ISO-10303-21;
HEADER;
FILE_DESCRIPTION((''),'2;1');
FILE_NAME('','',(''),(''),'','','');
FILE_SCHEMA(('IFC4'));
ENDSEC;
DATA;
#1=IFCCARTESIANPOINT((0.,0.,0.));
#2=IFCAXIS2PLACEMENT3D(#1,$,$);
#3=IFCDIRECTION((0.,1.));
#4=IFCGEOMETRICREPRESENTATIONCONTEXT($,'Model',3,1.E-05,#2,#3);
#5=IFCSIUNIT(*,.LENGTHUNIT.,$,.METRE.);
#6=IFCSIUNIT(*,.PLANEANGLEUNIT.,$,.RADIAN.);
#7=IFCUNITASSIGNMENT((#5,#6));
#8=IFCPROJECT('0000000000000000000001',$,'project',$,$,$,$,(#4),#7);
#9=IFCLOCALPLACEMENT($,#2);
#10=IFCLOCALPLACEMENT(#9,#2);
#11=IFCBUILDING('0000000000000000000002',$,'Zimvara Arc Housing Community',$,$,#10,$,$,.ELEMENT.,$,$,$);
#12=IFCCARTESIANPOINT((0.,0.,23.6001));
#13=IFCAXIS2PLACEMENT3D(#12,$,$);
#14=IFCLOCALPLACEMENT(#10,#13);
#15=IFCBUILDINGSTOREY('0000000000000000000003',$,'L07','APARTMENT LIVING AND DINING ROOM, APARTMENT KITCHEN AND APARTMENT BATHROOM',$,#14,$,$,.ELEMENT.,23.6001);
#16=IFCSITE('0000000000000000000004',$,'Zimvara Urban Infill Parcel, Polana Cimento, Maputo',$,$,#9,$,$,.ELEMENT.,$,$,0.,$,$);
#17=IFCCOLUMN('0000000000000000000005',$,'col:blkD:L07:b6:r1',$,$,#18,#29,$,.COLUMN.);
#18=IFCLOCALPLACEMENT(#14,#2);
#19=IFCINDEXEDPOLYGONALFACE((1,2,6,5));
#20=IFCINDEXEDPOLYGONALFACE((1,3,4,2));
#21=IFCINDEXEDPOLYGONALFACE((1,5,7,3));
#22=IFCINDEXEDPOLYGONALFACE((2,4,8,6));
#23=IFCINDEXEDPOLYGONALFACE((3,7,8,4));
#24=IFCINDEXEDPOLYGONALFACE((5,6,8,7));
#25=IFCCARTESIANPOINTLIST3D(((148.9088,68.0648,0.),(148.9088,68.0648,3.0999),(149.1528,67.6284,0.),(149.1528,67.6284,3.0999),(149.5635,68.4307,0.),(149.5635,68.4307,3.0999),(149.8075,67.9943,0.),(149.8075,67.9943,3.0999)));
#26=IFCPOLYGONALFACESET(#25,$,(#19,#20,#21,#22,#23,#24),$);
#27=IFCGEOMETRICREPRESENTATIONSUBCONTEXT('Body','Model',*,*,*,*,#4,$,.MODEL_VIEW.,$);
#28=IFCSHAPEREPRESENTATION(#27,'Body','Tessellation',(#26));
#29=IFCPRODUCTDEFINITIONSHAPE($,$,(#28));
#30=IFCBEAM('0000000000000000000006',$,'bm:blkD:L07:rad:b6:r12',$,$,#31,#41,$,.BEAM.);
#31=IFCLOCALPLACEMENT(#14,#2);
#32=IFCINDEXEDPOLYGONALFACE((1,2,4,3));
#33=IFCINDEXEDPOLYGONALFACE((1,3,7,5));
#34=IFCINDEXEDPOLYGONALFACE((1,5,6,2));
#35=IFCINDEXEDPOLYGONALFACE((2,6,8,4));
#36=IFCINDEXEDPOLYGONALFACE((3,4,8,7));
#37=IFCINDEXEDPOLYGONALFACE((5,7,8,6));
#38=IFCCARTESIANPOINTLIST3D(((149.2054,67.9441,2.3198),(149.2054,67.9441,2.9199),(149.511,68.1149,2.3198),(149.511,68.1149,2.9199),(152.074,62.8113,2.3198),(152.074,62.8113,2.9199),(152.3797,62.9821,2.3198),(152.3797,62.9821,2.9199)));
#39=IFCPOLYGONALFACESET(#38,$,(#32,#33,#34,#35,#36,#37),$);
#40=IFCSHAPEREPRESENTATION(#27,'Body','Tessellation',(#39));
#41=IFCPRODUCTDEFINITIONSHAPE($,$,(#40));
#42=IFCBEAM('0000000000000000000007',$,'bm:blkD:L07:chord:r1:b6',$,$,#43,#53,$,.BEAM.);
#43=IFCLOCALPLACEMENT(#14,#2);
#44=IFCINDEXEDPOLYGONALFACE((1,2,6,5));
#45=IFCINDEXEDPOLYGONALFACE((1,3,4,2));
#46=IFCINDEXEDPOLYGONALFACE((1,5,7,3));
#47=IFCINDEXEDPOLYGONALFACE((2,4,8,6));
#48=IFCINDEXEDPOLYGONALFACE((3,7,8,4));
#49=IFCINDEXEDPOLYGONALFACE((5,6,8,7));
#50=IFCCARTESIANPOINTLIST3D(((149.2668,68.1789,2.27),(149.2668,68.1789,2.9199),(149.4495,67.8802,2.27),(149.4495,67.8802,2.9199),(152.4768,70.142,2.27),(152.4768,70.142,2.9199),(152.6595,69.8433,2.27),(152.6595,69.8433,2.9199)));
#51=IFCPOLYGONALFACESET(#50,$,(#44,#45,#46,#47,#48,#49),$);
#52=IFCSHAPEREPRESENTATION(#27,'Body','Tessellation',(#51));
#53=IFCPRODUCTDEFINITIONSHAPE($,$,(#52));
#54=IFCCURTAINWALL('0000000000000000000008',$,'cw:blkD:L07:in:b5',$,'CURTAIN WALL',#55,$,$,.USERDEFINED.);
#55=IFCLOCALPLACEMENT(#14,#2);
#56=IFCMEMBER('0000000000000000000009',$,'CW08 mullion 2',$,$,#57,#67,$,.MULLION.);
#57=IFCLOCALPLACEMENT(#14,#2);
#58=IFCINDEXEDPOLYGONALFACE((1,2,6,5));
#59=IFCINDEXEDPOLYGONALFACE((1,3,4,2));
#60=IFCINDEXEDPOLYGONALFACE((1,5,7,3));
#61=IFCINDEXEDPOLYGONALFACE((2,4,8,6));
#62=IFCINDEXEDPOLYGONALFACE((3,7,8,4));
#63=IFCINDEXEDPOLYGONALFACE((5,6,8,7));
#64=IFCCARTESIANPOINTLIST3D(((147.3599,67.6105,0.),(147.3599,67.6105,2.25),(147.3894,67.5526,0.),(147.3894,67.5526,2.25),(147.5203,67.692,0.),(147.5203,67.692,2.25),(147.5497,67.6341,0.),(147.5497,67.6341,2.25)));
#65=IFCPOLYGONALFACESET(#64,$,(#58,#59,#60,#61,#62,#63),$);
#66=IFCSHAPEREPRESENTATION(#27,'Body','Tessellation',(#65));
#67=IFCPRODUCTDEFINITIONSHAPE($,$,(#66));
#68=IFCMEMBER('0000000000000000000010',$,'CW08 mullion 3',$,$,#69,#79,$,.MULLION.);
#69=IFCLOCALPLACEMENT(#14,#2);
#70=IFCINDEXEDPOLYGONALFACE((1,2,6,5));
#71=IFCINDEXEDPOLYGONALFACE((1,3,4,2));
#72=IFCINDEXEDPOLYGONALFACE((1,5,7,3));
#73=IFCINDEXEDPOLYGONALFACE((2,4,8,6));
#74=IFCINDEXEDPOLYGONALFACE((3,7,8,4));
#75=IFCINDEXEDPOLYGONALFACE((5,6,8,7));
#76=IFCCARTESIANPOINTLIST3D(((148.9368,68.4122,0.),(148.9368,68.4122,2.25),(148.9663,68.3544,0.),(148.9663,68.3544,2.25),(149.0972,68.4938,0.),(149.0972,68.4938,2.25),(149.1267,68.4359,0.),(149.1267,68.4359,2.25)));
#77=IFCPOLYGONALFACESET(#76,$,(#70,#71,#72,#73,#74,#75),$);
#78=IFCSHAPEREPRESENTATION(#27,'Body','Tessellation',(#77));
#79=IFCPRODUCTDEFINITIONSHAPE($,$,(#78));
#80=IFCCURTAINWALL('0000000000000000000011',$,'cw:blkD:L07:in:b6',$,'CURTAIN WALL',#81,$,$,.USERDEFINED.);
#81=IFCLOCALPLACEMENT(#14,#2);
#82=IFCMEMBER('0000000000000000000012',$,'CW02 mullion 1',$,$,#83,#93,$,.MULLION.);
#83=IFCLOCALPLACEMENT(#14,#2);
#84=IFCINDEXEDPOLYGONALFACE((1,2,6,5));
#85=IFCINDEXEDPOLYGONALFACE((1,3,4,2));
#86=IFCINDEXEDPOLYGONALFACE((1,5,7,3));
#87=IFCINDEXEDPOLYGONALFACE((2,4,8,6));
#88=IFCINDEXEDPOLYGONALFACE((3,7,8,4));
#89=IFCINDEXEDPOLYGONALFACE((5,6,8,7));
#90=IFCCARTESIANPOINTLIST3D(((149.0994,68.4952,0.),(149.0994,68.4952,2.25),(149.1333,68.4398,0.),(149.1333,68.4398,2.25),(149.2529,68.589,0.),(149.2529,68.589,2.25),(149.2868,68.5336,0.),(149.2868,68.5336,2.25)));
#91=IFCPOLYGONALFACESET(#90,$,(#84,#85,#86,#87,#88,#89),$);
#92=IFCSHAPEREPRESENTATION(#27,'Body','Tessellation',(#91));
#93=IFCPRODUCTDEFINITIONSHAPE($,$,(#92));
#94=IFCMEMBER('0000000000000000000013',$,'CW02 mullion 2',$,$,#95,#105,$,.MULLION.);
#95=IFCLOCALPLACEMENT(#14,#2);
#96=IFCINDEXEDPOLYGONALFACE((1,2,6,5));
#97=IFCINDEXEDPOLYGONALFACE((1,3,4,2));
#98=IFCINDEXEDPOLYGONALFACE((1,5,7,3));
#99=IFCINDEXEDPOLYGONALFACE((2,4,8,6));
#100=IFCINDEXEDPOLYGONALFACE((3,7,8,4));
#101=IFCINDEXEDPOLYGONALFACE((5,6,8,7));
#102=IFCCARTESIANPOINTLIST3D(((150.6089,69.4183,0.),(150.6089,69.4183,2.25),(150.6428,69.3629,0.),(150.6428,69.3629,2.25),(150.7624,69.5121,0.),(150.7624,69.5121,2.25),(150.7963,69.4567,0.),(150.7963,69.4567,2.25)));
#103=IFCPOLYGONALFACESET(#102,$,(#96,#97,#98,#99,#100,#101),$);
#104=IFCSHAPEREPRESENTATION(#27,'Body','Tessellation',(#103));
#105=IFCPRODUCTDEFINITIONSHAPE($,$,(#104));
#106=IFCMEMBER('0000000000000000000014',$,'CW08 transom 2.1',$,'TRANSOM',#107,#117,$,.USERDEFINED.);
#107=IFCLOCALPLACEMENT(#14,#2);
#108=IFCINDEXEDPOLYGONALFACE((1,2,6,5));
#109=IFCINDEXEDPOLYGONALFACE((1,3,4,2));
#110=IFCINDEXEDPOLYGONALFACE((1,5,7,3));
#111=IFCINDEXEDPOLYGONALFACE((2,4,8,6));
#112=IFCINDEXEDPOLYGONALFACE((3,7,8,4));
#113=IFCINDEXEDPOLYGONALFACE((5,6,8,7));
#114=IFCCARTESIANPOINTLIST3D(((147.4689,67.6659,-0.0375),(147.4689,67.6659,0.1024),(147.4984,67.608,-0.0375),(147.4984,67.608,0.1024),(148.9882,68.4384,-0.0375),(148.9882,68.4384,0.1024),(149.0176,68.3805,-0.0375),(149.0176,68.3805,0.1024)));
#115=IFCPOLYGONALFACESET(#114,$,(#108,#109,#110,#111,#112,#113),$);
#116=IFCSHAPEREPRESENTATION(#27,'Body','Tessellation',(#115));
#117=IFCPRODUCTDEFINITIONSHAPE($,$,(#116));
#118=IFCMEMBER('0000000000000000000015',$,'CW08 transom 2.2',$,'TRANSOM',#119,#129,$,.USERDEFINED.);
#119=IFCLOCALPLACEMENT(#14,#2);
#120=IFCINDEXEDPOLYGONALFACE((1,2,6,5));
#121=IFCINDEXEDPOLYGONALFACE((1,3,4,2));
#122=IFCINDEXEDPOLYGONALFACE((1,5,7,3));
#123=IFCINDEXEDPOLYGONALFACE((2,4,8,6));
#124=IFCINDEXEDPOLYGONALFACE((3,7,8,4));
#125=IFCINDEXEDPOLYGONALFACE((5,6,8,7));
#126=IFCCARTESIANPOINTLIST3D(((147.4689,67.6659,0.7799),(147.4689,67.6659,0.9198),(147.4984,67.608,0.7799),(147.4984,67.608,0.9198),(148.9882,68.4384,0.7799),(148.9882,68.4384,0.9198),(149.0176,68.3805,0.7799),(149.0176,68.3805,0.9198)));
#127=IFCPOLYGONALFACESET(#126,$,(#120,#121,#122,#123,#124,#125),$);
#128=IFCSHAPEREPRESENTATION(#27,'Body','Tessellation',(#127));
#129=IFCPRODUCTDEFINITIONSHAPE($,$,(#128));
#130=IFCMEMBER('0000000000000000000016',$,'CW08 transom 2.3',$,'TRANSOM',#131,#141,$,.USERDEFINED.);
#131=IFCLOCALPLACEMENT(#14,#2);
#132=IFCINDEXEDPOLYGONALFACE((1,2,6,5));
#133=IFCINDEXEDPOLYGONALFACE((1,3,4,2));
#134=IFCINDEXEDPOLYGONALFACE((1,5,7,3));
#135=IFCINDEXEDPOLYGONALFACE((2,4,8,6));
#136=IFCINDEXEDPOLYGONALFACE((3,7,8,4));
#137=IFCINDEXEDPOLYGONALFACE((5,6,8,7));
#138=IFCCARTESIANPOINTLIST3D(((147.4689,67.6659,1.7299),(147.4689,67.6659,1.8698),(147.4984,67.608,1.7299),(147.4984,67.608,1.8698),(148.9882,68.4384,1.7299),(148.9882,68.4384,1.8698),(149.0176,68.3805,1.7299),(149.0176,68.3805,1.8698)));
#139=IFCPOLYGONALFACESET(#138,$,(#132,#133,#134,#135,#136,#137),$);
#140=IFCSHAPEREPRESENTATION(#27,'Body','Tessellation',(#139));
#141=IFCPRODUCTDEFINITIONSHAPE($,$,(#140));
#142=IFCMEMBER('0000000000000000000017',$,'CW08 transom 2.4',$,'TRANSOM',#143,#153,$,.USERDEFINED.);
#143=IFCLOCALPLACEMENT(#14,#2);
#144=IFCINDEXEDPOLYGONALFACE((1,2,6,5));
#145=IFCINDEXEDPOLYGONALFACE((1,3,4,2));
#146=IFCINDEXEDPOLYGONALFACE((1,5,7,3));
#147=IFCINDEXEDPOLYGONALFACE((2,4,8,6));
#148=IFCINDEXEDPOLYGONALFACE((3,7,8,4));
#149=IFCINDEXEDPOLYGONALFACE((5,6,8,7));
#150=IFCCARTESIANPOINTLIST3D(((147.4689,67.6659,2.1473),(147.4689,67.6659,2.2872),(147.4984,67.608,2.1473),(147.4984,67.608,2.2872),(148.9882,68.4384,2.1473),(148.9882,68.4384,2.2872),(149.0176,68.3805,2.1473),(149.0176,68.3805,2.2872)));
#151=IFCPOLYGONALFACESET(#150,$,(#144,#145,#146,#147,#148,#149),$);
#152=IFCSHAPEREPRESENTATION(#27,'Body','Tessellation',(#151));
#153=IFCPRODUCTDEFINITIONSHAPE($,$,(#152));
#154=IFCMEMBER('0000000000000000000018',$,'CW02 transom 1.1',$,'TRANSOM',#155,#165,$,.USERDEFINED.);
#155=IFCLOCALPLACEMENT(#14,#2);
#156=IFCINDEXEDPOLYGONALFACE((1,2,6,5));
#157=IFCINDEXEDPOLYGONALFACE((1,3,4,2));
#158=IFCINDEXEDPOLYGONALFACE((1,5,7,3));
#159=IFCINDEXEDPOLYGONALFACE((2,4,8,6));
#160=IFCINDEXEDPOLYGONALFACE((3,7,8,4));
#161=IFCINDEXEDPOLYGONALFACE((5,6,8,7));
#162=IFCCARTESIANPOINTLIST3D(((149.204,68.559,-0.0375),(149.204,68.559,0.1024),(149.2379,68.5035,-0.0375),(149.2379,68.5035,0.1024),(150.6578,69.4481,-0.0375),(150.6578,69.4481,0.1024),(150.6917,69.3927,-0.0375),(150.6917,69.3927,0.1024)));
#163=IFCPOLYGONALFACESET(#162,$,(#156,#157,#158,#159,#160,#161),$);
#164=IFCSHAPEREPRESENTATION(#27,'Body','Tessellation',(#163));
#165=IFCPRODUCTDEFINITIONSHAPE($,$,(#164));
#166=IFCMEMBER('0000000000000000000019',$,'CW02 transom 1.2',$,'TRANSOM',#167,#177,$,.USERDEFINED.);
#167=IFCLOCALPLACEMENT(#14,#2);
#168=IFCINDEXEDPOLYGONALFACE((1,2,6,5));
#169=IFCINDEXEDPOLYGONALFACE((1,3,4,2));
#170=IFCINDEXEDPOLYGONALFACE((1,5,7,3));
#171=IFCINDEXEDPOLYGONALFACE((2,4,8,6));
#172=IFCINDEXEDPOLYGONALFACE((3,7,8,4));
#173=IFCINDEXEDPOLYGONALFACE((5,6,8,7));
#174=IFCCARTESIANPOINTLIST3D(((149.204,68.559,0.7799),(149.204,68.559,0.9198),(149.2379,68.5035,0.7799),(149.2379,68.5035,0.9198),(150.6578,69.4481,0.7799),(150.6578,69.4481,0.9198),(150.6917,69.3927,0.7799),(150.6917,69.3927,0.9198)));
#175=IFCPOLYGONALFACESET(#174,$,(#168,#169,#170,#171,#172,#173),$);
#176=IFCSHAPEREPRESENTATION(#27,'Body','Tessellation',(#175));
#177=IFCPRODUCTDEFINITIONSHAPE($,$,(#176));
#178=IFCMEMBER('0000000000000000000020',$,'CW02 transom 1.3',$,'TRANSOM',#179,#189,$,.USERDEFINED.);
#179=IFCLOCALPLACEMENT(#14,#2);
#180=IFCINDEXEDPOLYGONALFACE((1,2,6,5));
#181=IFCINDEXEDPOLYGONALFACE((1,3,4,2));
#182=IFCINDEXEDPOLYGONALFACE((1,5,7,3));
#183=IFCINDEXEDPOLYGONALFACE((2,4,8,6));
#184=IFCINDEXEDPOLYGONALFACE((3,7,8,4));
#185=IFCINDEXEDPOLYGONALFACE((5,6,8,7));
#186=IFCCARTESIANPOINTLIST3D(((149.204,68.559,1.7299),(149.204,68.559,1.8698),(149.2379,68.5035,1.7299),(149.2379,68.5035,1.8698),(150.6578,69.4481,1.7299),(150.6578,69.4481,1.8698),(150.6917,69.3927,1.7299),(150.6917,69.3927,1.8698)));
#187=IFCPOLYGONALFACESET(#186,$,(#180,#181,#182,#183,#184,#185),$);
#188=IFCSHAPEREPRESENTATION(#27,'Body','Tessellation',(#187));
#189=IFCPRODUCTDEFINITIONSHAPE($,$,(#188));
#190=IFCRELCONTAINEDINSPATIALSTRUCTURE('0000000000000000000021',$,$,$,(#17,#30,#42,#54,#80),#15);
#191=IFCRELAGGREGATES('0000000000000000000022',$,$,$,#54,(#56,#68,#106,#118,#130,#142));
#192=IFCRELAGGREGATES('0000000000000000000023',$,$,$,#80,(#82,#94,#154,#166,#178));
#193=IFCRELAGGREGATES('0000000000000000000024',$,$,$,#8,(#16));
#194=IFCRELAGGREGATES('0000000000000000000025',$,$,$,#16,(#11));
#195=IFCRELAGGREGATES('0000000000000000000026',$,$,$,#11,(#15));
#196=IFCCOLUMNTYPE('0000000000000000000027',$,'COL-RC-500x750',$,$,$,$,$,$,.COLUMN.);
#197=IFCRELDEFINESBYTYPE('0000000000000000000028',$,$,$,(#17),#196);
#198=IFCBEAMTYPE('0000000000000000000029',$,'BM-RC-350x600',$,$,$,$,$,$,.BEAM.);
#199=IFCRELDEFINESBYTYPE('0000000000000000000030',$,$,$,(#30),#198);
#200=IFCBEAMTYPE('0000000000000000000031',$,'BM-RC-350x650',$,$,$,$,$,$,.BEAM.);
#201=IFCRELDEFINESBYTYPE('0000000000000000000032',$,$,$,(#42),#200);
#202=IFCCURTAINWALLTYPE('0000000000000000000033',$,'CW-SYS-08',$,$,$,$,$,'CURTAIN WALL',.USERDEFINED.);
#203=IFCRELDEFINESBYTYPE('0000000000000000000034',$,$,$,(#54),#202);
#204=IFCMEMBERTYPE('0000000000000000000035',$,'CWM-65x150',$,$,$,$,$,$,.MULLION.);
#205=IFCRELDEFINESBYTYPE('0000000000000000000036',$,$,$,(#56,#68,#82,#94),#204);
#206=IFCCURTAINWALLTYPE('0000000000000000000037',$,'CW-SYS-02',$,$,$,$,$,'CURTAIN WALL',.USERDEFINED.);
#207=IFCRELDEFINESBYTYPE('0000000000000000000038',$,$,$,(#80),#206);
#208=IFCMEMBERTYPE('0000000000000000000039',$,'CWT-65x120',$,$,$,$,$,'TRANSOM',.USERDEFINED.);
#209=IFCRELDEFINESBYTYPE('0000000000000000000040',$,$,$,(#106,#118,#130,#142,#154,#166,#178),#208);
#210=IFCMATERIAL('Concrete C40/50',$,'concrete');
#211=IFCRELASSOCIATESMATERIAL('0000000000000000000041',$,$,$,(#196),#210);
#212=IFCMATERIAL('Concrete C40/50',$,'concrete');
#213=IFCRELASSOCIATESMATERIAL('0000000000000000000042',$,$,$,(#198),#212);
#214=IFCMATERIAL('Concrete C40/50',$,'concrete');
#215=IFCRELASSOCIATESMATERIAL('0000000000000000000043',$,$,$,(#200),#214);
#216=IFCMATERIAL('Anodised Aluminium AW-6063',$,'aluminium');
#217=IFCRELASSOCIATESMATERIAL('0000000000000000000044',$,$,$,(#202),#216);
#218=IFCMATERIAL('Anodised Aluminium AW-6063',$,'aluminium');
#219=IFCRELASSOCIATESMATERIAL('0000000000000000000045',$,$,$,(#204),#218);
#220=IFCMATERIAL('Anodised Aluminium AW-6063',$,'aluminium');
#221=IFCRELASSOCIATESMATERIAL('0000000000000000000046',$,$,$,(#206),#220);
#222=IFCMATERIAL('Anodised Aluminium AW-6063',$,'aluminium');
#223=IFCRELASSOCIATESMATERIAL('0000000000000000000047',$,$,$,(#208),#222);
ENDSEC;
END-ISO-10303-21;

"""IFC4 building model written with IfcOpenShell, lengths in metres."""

from ifc_helpers import new_model, si_unit, direction, frame, origin, origin_2d, place, context, subcontext, project, spatial, rectangle, extrude, material, material_profile, profile_set, type_object, element, aggregate, save


model = new_model("IFC4")

# Units and contexts
model_context = context("Model", 3, precision=1e-05, world=origin(), true_north=direction((0.0, 1.0)))
body_context = subcontext(model_context, "Body", "Model", "MODEL_VIEW")
ifc_project = project(units=[si_unit("LENGTHUNIT", "METRE"), si_unit("PLANEANGLEUNIT", "RADIAN")], contexts=[model_context])

# Site, building, storey
site_placement = place(None, origin())
site = spatial("IfcSite", under=ifc_project, at=site_placement, Name="Zimvara Urban Infill Parcel, Polana Cimento, Maputo", CompositionType="ELEMENT", RefElevation=0.0)
building_placement = place(site_placement, origin())
building = spatial("IfcBuilding", under=site, at=building_placement, Name="Zimvara Arc Housing Community", CompositionType="ELEMENT")
storey_placement = place(building_placement, frame((0.0, 0.0, 23.6001)))
storey = spatial("IfcBuildingStorey", under=building, at=storey_placement, Name="L07", Description="APARTMENT LIVING AND DINING ROOM, APARTMENT KITCHEN AND APARTMENT BATHROOM", CompositionType="ELEMENT", Elevation=23.6001)

# Column
ifc_material_1 = material(Name="Concrete C40/50", Category="concrete")
ifc_material_profile_1 = material_profile(ifc_material_1, rectangle(XDim=0.5, YDim=0.75, at=origin_2d()), Name="RC 500x750")
ifc_profile_set_1 = profile_set([ifc_material_profile_1], Name="Concrete C40/50")
column_type = type_object("IfcColumnType", Name="COL-RC-500x750", PredefinedType="COLUMN", material=ifc_profile_set_1)
column_placement = place(storey_placement, frame((149.3582, 68.0295, 0.0), z_axis=(0.0, 0.0, 1.0), x_axis=(0.48786, -0.872922, 0.0)))
element("IfcColumn", 1, at=column_placement, inside=storey, type_object=column_type, Name="col:blkD:L07:b6:r1", PredefinedType="COLUMN", context=body_context, shape_type="SweptSolid", body=[
    extrude(rectangle(XDim=0.5, YDim=0.75, at=origin_2d()), origin(), (0.0, 0.0, 1.0), 3.0999),
])

# Beams
ifc_material_2 = material(Name="Concrete C40/50", Category="concrete")
ifc_material_profile_2 = material_profile(ifc_material_2, rectangle(XDim=0.3501, YDim=0.6001, at=origin_2d()), Name="RC 350x600")
ifc_profile_set_2 = profile_set([ifc_material_profile_2], Name="Concrete C40/50")
beam_type_1 = type_object("IfcBeamType", Name="BM-RC-350x600", PredefinedType="BEAM", material=ifc_profile_set_2)
beam_1_placement = place(storey_placement, frame((149.3582, 68.0295, 2.6199), z_axis=(0.487862, -0.872921, 0.0), x_axis=(0.872921, 0.487862, 0.0)))
element("IfcBeam", 2, at=beam_1_placement, inside=storey, type_object=beam_type_1, Name="bm:blkD:L07:rad:b6:r12", PredefinedType="BEAM", context=body_context, shape_type="SweptSolid", body=[
    extrude(rectangle(XDim=0.3501, YDim=0.6001, at=origin_2d()), origin(), (0.0, 0.0, 1.0), 5.8801),
])
ifc_material_3 = material(Name="Concrete C40/50", Category="concrete")
ifc_material_profile_3 = material_profile(ifc_material_3, rectangle(XDim=0.3501, YDim=0.6499, at=origin_2d()), Name="RC 350x650")
ifc_profile_set_3 = profile_set([ifc_material_profile_3], Name="Concrete C40/50")
beam_type_2 = type_object("IfcBeamType", Name="BM-RC-350x650", PredefinedType="BEAM", material=ifc_profile_set_3)
beam_2_placement = place(storey_placement, frame((149.3582, 68.0295, 2.595), z_axis=(0.853105, 0.521739, 0.0), x_axis=(-0.521739, 0.853105, 0.0)))
element("IfcBeam", 3, at=beam_2_placement, inside=storey, type_object=beam_type_2, Name="bm:blkD:L07:chord:r1:b6", PredefinedType="BEAM", context=body_context, shape_type="SweptSolid", body=[
    extrude(rectangle(XDim=0.3501, YDim=0.6499, at=origin_2d()), origin(), (0.0, 0.0, 1.0), 3.7627),
])

# Curtain walls, members
ifc_material_4 = material(Name="Anodised Aluminium AW-6063", Category="aluminium")
curtain_wall_type_1 = type_object("IfcCurtainWallType", Name="CW-SYS-08", ElementType="CURTAIN WALL", PredefinedType="USERDEFINED", material=ifc_material_4)
curtain_wall_1_placement = place(storey_placement, origin())
curtain_wall_1 = element("IfcCurtainWall", 4, at=curtain_wall_1_placement, inside=storey, type_object=curtain_wall_type_1, Name="cw:blkD:L07:in:b5", ObjectType="CURTAIN WALL", PredefinedType="USERDEFINED")
ifc_material_5 = material(Name="Anodised Aluminium AW-6063", Category="aluminium")
ifc_material_profile_4 = material_profile(ifc_material_5, rectangle(XDim=0.0649, YDim=0.1799, at=origin_2d()), Name="ALU 65x180")
ifc_profile_set_4 = profile_set([ifc_material_profile_4], Name="Anodised Aluminium AW-6063")
member_type_1 = type_object("IfcMemberType", Name="CWM-65x150", PredefinedType="MULLION", material=ifc_profile_set_4)
member_1_placement = place(storey_placement, frame((147.4548, 67.6223, 0.0), z_axis=(0.0, 0.0, 1.0), x_axis=(-0.453213, 0.891402, 0.0)))
member_1 = element("IfcMember", 5, at=member_1_placement, type_object=member_type_1, Name="CW08 mullion 2", PredefinedType="MULLION", context=body_context, shape_type="SweptSolid", body=[
    extrude(rectangle(XDim=0.0649, YDim=0.1799, at=origin_2d()), origin(), (0.0, 0.0, 1.0), 2.25),
])
member_2_placement = place(storey_placement, frame((149.0317, 68.4241, 0.0), z_axis=(0.0, 0.0, 1.0), x_axis=(-0.453213, 0.891402, 0.0)))
member_2 = element("IfcMember", 6, at=member_2_placement, type_object=member_type_1, Name="CW08 mullion 3", PredefinedType="MULLION", context=body_context, shape_type="SweptSolid", body=[
    extrude(rectangle(XDim=0.0649, YDim=0.1799, at=origin_2d()), origin(), (0.0, 0.0, 1.0), 2.25),
])
ifc_material_6 = material(Name="Anodised Aluminium AW-6063", Category="aluminium")
curtain_wall_type_2 = type_object("IfcCurtainWallType", Name="CW-SYS-02", ElementType="CURTAIN WALL", PredefinedType="USERDEFINED", material=ifc_material_6)
curtain_wall_2_placement = place(storey_placement, origin())
curtain_wall_2 = element("IfcCurtainWall", 7, at=curtain_wall_2_placement, inside=storey, type_object=curtain_wall_type_2, Name="cw:blkD:L07:in:b6", ObjectType="CURTAIN WALL", PredefinedType="USERDEFINED")
member_3_placement = place(storey_placement, frame((149.1931, 68.5144, 0.0), z_axis=(0.0, 0.0, 1.0), x_axis=(-0.521754, 0.853096, 0.0)))
member_3 = element("IfcMember", 8, at=member_3_placement, type_object=member_type_1, Name="CW02 mullion 1", PredefinedType="MULLION", context=body_context, shape_type="SweptSolid", body=[
    extrude(rectangle(XDim=0.0649, YDim=0.1799, at=origin_2d()), origin(), (0.0, 0.0, 1.0), 2.25),
])
member_4_placement = place(storey_placement, frame((150.7026, 69.4375, 0.0), z_axis=(0.0, 0.0, 1.0), x_axis=(-0.521754, 0.853096, 0.0)))
member_4 = element("IfcMember", 9, at=member_4_placement, type_object=member_type_1, Name="CW02 mullion 2", PredefinedType="MULLION", context=body_context, shape_type="SweptSolid", body=[
    extrude(rectangle(XDim=0.0649, YDim=0.1799, at=origin_2d()), origin(), (0.0, 0.0, 1.0), 2.25),
])

# Members
ifc_material_7 = material(Name="Anodised Aluminium AW-6063", Category="aluminium")
ifc_material_profile_5 = material_profile(ifc_material_7, rectangle(XDim=0.0649, YDim=0.1399, at=origin_2d()), Name="ALU 65x140")
ifc_profile_set_5 = profile_set([ifc_material_profile_5], Name="Anodised Aluminium AW-6063")
member_type_2 = type_object("IfcMemberType", Name="CWT-65x120", ElementType="TRANSOM", PredefinedType="USERDEFINED", material=ifc_profile_set_5)
member_5_placement = place(storey_placement, frame((147.4836, 67.637, 0.0325), z_axis=(0.891399, 0.45322, 0.0), x_axis=(-0.45322, 0.891399, 0.0)))
member_5 = element("IfcMember", 10, at=member_5_placement, type_object=member_type_2, Name="CW08 transom 2.1", ObjectType="TRANSOM", PredefinedType="USERDEFINED", context=body_context, shape_type="SweptSolid", body=[
    extrude(rectangle(XDim=0.0649, YDim=0.1399, at=origin_2d()), origin(), (0.0, 0.0, 1.0), 1.7043),
])
member_6_placement = place(storey_placement, frame((147.4836, 67.637, 0.8499), z_axis=(0.891399, 0.45322, 0.0), x_axis=(-0.45322, 0.891399, 0.0)))
member_6 = element("IfcMember", 11, at=member_6_placement, type_object=member_type_2, Name="CW08 transom 2.2", ObjectType="TRANSOM", PredefinedType="USERDEFINED", context=body_context, shape_type="SweptSolid", body=[
    extrude(rectangle(XDim=0.0649, YDim=0.1399, at=origin_2d()), origin(), (0.0, 0.0, 1.0), 1.7043),
])
member_7_placement = place(storey_placement, frame((147.4836, 67.637, 1.7998), z_axis=(0.891399, 0.45322, 0.0), x_axis=(-0.45322, 0.891399, 0.0)))
member_7 = element("IfcMember", 12, at=member_7_placement, type_object=member_type_2, Name="CW08 transom 2.3", ObjectType="TRANSOM", PredefinedType="USERDEFINED", context=body_context, shape_type="SweptSolid", body=[
    extrude(rectangle(XDim=0.0649, YDim=0.1399, at=origin_2d()), origin(), (0.0, 0.0, 1.0), 1.7043),
])
member_8_placement = place(storey_placement, frame((147.4836, 67.637, 2.2173), z_axis=(0.891399, 0.45322, 0.0), x_axis=(-0.45322, 0.891399, 0.0)))
member_8 = element("IfcMember", 13, at=member_8_placement, type_object=member_type_2, Name="CW08 transom 2.4", ObjectType="TRANSOM", PredefinedType="USERDEFINED", context=body_context, shape_type="SweptSolid", body=[
    extrude(rectangle(XDim=0.0649, YDim=0.1399, at=origin_2d()), origin(), (0.0, 0.0, 1.0), 1.7043),
])
member_9_placement = place(storey_placement, frame((149.2209, 68.5312, 0.0325), z_axis=(0.853101, 0.521746, 0.0), x_axis=(-0.521746, 0.853101, 0.0)))
member_9 = element("IfcMember", 14, at=member_9_placement, type_object=member_type_2, Name="CW02 transom 1.1", ObjectType="TRANSOM", PredefinedType="USERDEFINED", context=body_context, shape_type="SweptSolid", body=[
    extrude(rectangle(XDim=0.0649, YDim=0.1399, at=origin_2d()), origin(), (0.0, 0.0, 1.0), 1.7041),
])
member_10_placement = place(storey_placement, frame((149.2209, 68.5312, 0.8499), z_axis=(0.853101, 0.521746, 0.0), x_axis=(-0.521746, 0.853101, 0.0)))
member_10 = element("IfcMember", 15, at=member_10_placement, type_object=member_type_2, Name="CW02 transom 1.2", ObjectType="TRANSOM", PredefinedType="USERDEFINED", context=body_context, shape_type="SweptSolid", body=[
    extrude(rectangle(XDim=0.0649, YDim=0.1399, at=origin_2d()), origin(), (0.0, 0.0, 1.0), 1.7041),
])
member_11_placement = place(storey_placement, frame((149.2209, 68.5312, 1.7998), z_axis=(0.853101, 0.521746, 0.0), x_axis=(-0.521746, 0.853101, 0.0)))
member_11 = element("IfcMember", 16, at=member_11_placement, type_object=member_type_2, Name="CW02 transom 1.3", ObjectType="TRANSOM", PredefinedType="USERDEFINED", context=body_context, shape_type="SweptSolid", body=[
    extrude(rectangle(XDim=0.0649, YDim=0.1399, at=origin_2d()), origin(), (0.0, 0.0, 1.0), 1.7041),
])

aggregate(curtain_wall_1, [member_1, member_2, member_5, member_6, member_7, member_8])
aggregate(curtain_wall_2, [member_3, member_4, member_9, member_10, member_11])

save(model, "model.ifc")
